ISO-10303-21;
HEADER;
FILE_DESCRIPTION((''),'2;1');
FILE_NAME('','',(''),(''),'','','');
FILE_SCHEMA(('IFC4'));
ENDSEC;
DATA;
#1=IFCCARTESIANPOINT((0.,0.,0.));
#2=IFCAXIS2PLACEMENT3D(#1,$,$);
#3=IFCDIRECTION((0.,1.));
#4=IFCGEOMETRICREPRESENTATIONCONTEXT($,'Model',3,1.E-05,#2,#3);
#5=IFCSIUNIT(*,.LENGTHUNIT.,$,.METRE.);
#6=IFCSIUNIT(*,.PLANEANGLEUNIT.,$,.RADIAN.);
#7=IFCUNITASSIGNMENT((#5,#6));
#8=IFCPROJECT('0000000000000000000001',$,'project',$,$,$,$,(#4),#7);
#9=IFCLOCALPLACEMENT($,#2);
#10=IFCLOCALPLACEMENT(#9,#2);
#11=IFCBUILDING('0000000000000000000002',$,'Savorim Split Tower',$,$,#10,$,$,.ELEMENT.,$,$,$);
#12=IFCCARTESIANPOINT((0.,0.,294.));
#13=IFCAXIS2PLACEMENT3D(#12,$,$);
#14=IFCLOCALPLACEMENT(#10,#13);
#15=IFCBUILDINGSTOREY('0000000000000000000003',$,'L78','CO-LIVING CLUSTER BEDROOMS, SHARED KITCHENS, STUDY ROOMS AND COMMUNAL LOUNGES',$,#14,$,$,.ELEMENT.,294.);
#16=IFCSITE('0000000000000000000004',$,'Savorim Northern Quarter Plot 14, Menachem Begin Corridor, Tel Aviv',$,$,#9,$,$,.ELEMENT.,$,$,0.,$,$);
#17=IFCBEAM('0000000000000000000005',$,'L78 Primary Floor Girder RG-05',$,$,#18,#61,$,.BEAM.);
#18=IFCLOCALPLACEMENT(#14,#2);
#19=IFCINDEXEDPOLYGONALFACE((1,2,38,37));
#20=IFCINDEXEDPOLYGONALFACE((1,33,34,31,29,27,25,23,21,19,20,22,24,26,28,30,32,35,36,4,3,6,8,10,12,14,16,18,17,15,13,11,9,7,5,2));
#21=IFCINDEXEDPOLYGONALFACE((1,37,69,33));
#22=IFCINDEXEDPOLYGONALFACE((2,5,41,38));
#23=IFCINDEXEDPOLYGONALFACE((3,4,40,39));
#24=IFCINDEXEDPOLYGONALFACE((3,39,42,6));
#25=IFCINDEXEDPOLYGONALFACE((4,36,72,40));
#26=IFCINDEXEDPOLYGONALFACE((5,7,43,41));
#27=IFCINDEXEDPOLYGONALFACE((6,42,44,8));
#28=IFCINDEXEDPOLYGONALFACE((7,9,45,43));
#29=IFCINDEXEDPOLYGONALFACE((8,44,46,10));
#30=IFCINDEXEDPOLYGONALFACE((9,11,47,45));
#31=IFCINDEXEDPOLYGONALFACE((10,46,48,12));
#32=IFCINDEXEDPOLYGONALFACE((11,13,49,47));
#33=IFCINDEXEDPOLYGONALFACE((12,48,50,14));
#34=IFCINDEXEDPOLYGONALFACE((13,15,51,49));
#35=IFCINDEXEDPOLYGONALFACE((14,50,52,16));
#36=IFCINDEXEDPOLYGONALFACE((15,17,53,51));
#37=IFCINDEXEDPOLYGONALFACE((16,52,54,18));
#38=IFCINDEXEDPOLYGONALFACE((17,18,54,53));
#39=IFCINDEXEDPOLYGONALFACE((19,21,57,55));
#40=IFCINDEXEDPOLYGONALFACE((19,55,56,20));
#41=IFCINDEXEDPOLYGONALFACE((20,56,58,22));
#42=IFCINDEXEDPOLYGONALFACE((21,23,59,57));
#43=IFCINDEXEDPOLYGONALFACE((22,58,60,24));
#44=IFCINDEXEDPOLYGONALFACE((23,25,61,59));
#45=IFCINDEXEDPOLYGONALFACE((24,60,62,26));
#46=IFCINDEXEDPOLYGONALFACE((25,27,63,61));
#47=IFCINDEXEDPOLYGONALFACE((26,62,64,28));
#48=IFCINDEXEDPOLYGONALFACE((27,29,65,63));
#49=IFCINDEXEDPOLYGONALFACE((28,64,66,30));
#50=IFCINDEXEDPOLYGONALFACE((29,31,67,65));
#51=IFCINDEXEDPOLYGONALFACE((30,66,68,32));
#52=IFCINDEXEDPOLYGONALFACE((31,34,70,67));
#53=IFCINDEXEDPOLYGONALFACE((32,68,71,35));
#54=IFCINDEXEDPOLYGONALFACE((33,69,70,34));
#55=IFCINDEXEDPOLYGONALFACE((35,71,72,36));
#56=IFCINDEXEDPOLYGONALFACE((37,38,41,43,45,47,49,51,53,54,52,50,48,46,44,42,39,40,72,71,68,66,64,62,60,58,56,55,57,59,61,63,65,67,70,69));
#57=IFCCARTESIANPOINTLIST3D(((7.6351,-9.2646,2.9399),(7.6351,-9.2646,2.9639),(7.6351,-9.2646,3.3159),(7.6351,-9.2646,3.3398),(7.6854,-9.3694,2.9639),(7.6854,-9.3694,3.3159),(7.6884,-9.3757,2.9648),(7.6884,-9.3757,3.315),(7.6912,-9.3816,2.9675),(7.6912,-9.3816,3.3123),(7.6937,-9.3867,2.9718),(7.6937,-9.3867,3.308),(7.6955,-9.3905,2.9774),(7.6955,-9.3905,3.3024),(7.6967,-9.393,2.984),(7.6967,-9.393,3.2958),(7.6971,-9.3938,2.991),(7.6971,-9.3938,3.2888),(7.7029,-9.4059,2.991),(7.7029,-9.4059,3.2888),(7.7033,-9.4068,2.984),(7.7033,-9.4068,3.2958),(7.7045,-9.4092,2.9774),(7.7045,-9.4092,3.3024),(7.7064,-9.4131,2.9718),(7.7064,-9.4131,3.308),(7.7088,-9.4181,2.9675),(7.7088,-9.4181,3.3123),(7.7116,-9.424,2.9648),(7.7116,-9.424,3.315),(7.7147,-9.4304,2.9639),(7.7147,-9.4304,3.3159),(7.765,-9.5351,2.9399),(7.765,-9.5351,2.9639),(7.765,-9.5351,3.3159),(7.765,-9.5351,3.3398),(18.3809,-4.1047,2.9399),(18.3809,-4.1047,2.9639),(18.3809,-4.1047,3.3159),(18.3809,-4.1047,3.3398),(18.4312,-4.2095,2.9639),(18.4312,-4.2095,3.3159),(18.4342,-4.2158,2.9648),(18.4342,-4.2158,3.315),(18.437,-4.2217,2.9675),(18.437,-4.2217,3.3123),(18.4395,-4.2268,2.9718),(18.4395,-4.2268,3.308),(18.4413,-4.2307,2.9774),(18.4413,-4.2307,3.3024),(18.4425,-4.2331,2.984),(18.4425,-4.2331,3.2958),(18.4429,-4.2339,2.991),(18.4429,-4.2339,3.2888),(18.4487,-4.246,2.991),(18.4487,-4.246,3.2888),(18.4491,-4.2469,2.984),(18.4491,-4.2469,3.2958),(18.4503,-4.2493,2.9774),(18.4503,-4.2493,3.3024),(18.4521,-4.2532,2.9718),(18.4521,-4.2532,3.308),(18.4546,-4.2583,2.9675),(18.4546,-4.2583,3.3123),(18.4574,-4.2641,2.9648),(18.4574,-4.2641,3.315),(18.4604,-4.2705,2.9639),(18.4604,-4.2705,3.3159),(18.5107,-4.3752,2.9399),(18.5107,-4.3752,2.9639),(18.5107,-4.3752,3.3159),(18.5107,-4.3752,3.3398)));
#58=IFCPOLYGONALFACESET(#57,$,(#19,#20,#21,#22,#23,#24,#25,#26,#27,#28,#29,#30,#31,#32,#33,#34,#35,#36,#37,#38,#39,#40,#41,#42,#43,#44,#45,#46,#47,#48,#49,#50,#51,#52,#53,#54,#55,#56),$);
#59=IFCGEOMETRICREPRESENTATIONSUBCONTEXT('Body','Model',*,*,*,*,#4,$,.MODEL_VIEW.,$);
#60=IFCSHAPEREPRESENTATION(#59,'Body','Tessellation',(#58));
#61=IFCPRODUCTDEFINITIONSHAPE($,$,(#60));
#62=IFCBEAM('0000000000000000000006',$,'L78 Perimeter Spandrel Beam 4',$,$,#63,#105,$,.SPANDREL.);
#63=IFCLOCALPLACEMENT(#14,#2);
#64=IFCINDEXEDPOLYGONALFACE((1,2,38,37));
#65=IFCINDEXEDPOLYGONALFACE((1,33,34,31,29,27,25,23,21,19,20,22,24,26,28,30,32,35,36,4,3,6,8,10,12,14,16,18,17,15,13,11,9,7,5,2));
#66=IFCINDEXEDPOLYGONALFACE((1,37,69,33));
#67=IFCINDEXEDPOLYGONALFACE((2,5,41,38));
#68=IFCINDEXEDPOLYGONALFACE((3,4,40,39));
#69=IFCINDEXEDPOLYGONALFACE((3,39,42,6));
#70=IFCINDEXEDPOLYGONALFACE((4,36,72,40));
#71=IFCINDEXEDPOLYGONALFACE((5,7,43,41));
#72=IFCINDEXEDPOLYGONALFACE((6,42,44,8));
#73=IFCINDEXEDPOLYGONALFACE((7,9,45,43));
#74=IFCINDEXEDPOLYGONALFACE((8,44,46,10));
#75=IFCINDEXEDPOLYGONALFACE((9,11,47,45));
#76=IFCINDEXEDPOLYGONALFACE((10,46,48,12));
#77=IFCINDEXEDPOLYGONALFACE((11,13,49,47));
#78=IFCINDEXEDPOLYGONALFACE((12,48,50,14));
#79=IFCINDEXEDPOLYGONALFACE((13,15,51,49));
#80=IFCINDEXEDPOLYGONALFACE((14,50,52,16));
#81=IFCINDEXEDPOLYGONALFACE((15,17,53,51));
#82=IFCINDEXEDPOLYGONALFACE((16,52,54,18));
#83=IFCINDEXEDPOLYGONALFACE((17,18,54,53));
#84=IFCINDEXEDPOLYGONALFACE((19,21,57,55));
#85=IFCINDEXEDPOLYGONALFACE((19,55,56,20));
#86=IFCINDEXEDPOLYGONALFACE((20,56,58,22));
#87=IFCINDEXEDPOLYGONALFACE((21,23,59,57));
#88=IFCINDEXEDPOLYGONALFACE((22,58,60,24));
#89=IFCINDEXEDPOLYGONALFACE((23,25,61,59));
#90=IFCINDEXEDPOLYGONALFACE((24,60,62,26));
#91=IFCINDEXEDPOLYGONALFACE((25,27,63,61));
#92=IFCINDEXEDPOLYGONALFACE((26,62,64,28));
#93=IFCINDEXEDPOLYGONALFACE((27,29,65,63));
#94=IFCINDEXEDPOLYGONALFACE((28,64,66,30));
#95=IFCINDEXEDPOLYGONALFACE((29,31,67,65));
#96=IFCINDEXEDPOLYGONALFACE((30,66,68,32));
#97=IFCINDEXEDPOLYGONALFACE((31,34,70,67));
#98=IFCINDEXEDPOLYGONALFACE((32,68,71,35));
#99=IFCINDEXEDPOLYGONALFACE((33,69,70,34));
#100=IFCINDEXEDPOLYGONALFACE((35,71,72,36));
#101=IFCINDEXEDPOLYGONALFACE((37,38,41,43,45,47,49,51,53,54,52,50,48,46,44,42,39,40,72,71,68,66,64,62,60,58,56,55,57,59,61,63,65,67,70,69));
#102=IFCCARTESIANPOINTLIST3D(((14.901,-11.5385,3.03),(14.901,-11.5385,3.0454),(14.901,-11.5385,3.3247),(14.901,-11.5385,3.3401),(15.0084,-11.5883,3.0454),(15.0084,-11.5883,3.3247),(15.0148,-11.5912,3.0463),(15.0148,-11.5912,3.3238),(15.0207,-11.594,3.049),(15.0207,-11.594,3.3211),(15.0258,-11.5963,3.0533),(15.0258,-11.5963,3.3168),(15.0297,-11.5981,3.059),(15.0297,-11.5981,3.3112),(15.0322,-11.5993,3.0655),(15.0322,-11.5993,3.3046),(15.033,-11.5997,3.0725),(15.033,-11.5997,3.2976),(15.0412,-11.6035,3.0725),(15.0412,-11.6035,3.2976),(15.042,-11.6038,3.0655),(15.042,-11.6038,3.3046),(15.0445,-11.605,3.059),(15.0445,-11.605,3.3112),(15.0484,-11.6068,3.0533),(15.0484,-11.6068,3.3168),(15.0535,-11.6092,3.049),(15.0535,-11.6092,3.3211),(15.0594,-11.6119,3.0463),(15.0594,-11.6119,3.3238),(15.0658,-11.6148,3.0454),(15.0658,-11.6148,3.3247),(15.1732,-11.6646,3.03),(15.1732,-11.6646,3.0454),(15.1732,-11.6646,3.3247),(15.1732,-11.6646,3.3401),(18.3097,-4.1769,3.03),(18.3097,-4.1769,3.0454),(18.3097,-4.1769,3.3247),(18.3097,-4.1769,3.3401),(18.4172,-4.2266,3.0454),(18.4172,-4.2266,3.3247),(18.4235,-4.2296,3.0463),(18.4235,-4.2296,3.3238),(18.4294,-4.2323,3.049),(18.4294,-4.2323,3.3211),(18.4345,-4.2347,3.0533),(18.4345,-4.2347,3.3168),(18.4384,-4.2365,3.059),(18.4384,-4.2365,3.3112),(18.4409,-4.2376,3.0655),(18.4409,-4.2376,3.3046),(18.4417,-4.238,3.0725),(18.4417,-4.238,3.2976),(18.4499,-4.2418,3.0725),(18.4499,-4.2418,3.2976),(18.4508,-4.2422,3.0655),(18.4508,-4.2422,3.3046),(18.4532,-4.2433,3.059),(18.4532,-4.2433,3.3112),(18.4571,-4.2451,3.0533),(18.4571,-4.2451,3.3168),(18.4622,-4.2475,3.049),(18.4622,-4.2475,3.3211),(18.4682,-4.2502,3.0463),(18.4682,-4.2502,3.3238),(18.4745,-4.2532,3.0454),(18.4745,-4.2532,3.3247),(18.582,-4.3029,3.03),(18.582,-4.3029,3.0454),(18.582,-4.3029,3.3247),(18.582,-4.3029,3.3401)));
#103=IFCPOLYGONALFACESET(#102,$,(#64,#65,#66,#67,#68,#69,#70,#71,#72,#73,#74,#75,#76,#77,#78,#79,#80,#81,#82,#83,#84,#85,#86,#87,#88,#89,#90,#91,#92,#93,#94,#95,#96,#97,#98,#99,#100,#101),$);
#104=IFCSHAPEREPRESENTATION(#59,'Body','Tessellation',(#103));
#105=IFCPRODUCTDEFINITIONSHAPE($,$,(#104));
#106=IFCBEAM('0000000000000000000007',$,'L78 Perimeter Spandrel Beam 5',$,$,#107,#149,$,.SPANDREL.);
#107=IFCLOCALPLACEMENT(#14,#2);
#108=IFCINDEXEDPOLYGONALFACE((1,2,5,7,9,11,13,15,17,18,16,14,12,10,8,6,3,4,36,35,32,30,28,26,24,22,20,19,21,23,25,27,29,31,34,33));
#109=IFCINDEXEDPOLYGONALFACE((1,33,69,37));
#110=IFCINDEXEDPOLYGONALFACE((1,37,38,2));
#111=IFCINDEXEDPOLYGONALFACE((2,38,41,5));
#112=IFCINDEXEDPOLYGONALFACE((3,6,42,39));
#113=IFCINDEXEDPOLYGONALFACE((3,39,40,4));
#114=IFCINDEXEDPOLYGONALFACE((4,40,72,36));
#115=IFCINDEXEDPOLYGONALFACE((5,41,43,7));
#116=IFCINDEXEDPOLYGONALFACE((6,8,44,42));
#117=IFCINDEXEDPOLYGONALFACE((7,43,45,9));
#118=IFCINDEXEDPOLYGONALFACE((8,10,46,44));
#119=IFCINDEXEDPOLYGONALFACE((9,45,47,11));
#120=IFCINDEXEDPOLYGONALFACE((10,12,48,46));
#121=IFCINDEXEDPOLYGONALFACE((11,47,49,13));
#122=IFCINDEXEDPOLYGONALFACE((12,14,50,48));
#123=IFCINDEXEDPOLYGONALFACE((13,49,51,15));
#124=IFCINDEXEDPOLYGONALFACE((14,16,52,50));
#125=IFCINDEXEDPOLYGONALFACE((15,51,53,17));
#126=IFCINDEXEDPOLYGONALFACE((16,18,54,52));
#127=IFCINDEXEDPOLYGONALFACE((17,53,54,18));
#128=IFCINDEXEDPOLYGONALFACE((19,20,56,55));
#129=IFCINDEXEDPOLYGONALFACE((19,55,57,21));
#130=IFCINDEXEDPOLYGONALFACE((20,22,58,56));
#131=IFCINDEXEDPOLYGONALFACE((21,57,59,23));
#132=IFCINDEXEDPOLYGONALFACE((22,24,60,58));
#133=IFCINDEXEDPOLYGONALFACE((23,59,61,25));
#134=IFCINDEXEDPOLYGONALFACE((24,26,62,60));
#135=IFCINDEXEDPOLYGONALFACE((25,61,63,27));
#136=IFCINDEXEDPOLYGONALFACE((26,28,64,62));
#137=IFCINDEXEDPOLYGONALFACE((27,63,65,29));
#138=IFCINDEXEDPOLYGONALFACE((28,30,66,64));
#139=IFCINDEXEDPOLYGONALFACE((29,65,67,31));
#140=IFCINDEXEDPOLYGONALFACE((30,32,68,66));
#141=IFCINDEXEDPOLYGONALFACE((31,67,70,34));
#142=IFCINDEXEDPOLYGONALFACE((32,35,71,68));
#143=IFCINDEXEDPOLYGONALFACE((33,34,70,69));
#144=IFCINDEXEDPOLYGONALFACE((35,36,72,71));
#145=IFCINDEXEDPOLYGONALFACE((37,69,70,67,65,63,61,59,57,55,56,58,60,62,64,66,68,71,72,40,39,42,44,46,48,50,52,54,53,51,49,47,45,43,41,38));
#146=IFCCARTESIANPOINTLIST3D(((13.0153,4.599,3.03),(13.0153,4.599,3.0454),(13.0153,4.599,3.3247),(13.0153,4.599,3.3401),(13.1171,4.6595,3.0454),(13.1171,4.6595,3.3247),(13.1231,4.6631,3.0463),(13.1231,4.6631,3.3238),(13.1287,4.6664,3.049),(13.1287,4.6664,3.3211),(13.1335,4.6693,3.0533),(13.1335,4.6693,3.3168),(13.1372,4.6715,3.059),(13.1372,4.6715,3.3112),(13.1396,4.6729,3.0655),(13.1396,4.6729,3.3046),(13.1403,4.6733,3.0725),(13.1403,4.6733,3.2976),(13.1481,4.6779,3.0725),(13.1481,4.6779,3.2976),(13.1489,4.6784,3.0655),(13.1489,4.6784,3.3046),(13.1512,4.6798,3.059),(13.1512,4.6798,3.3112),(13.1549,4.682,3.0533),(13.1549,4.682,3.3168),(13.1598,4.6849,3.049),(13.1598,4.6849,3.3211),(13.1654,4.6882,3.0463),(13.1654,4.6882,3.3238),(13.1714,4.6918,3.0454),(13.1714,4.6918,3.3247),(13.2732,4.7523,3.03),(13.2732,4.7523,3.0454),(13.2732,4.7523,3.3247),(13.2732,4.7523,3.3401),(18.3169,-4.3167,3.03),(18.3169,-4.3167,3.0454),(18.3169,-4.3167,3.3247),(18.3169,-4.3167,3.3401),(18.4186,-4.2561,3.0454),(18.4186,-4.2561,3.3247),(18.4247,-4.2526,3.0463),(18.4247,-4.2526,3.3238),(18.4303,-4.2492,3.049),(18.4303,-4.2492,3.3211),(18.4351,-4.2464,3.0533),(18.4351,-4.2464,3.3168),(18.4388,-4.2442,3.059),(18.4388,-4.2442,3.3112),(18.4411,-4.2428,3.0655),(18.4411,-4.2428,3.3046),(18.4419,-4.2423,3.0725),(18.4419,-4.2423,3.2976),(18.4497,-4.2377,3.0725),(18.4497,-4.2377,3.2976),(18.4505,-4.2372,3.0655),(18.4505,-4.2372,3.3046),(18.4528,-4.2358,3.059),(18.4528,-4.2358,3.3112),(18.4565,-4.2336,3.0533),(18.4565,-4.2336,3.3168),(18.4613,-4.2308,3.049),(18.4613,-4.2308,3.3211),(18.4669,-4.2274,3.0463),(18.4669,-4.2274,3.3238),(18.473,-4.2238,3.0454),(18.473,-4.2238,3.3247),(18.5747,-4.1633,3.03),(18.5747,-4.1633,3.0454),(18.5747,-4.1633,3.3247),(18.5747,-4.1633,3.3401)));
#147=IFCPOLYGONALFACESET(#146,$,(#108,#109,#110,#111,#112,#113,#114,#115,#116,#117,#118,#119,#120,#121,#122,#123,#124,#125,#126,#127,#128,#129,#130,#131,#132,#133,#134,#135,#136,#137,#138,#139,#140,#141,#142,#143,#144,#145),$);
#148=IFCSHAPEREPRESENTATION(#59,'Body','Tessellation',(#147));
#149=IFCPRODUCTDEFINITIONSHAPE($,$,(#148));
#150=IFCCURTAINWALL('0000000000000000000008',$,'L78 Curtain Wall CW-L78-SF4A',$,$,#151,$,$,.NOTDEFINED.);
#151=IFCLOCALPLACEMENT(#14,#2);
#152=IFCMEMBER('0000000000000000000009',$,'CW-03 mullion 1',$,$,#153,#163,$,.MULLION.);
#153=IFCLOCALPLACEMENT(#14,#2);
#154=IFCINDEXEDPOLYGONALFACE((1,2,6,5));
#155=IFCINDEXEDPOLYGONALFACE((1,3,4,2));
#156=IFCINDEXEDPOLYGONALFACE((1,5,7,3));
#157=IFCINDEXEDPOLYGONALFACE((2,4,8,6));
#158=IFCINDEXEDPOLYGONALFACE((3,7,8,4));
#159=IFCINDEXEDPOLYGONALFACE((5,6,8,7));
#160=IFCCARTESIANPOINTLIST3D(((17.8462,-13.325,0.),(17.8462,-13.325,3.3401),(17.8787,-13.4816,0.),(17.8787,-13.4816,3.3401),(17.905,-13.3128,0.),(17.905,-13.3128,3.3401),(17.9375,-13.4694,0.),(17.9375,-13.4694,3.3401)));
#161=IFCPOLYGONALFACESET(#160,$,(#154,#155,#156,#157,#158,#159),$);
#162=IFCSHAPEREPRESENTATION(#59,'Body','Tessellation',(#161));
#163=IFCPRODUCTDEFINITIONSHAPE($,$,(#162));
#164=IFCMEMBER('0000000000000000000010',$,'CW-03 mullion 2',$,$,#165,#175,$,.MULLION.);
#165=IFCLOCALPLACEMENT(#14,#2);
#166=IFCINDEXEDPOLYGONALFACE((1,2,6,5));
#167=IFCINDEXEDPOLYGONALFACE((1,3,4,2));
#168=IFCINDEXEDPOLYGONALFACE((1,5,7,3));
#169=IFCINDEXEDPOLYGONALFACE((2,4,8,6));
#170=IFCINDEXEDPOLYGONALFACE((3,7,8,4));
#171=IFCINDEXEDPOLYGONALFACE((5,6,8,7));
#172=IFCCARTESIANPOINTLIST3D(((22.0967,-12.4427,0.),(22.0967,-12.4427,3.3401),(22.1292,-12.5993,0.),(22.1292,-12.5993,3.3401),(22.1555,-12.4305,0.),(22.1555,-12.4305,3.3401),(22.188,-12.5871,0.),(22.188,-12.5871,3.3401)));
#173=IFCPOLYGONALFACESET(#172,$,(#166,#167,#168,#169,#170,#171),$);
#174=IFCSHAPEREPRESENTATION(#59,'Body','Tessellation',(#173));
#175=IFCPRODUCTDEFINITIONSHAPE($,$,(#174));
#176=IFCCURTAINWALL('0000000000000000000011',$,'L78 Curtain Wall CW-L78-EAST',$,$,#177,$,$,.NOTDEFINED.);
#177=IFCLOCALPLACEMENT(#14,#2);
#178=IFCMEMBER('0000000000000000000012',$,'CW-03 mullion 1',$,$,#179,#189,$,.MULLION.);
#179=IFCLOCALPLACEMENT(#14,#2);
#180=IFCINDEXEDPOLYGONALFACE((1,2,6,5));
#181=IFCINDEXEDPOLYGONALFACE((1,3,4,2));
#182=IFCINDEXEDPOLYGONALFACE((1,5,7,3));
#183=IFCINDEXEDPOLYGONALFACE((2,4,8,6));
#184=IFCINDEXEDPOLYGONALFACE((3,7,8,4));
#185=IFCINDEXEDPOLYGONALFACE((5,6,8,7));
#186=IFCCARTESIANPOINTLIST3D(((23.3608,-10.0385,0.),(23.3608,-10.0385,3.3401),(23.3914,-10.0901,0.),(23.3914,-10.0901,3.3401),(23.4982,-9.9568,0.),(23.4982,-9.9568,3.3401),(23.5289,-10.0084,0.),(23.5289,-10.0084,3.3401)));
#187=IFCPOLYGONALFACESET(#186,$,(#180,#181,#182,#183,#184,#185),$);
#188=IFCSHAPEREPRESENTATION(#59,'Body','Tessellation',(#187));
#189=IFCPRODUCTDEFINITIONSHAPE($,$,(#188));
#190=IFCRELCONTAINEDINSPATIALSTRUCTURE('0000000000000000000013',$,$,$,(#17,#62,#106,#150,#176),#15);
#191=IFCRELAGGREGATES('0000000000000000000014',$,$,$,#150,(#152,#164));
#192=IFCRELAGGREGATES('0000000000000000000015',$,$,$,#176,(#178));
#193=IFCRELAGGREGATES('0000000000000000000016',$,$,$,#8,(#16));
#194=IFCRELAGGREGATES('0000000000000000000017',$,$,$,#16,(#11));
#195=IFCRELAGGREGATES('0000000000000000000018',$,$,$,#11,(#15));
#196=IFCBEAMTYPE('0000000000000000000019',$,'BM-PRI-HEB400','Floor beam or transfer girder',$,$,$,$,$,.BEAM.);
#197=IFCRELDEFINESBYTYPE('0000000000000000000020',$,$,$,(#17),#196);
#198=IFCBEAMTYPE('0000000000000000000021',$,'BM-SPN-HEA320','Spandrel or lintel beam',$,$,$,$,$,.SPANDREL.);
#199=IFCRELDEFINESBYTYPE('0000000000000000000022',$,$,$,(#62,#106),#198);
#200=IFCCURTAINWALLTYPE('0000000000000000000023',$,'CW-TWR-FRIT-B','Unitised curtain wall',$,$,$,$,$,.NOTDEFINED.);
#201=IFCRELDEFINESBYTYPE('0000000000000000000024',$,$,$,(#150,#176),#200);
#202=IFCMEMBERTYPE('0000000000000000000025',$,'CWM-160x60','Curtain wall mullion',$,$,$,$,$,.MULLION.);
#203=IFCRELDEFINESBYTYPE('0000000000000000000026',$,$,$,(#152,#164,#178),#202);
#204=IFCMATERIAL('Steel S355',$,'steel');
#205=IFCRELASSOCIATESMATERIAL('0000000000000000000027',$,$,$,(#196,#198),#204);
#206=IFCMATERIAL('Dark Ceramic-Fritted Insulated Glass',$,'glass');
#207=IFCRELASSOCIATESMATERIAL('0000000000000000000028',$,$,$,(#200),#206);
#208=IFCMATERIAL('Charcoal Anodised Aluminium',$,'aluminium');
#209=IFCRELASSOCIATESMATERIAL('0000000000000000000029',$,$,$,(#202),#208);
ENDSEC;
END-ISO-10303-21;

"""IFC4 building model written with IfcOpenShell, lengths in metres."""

from ifc_helpers import new_model, si_unit, direction, frame, origin, origin_2d, place, context, subcontext, project, spatial, rectangle, i_section, extrude, material, material_profile, profile_set, type_object, element, aggregate, save


model = new_model("IFC4")

# Units and contexts
model_context = context("Model", 3, precision=1e-05, world=origin(), true_north=direction((0.0, 1.0)))
body_context = subcontext(model_context, "Body", "Model", "MODEL_VIEW")
ifc_project = project(units=[si_unit("LENGTHUNIT", "METRE"), si_unit("PLANEANGLEUNIT", "RADIAN")], contexts=[model_context])

# Site, building, storey
site_placement = place(None, origin())
site = spatial("IfcSite", under=ifc_project, at=site_placement, Name="Savorim Northern Quarter Plot 14, Menachem Begin Corridor, Tel Aviv", CompositionType="ELEMENT", RefElevation=0.0)
building_placement = place(site_placement, origin())
building = spatial("IfcBuilding", under=site, at=building_placement, Name="Savorim Split Tower", CompositionType="ELEMENT")
storey_placement = place(building_placement, frame((0.0, 0.0, 294.0)))
storey = spatial("IfcBuildingStorey", under=building, at=storey_placement, Name="L78", Description="CO-LIVING CLUSTER BEDROOMS, SHARED KITCHENS, STUDY ROOMS AND COMMUNAL LOUNGES", CompositionType="ELEMENT", Elevation=294.0)

# Shared definitions
ifc_material_1 = material(Name="Steel S355", Category="steel")

# Beams
ifc_material_profile_1 = material_profile(ifc_material_1, i_section(OverallWidth=0.3, OverallDepth=0.3999, WebThickness=0.0134, FlangeThickness=0.0239, FilletRadius=0.0271, at=origin_2d()), Name="HEB 400")
ifc_profile_set_1 = profile_set([ifc_material_profile_1], Name="Steel S355")
beam_type_1 = type_object("IfcBeamType", Name="BM-PRI-HEB400", Description="Floor beam or transfer girder", PredefinedType="BEAM", material=ifc_profile_set_1)
beam_1_placement = place(storey_placement, frame((18.4458, -4.24, 3.1399), z_axis=(-0.901461, -0.432861, 0.0), x_axis=(0.432861, -0.901461, 0.0)))
element("IfcBeam", 1, at=beam_1_placement, inside=storey, type_object=beam_type_1, Name="L78 Primary Floor Girder RG-05", PredefinedType="BEAM", context=body_context, shape_type="SweptSolid", body=[
    extrude(i_section(OverallWidth=0.3, OverallDepth=0.3999, WebThickness=0.0134, FlangeThickness=0.0239, FilletRadius=0.0271, at=origin_2d()), origin(), (0.0, 0.0, 1.0), 11.9204),
])
ifc_material_profile_2 = material_profile(ifc_material_1, i_section(OverallWidth=0.3, OverallDepth=0.3101, WebThickness=0.009, FlangeThickness=0.0154, FilletRadius=0.0271, at=origin_2d()), Name="HEA 320")
ifc_profile_set_2 = profile_set([ifc_material_profile_2], Name="Steel S355")
beam_type_2 = type_object("IfcBeamType", Name="BM-SPN-HEA320", Description="Spandrel or lintel beam", PredefinedType="SPANDREL", material=ifc_profile_set_2)
beam_2_placement = place(storey_placement, frame((15.0371, -11.6016, 3.1851), z_axis=(0.42018, 0.907441, 0.0), x_axis=(-0.907441, 0.42018, 0.0)))
element("IfcBeam", 2, at=beam_2_placement, inside=storey, type_object=beam_type_2, Name="L78 Perimeter Spandrel Beam 4", PredefinedType="SPANDREL", context=body_context, shape_type="SweptSolid", body=[
    extrude(i_section(OverallWidth=0.3, OverallDepth=0.3101, WebThickness=0.009, FlangeThickness=0.0154, FilletRadius=0.0271, at=origin_2d()), origin(), (0.0, 0.0, 1.0), 8.1125),
])
beam_3_placement = place(storey_placement, frame((18.4458, -4.24, 3.1851), z_axis=(-0.511103, 0.859519, 0.0), x_axis=(-0.859519, -0.511103, 0.0)))
element("IfcBeam", 3, at=beam_3_placement, inside=storey, type_object=beam_type_2, Name="L78 Perimeter Spandrel Beam 5", PredefinedType="SPANDREL", context=body_context, shape_type="SweptSolid", body=[
    extrude(i_section(OverallWidth=0.3, OverallDepth=0.3101, WebThickness=0.009, FlangeThickness=0.0154, FilletRadius=0.0271, at=origin_2d()), origin(), (0.0, 0.0, 1.0), 10.3728),
])

# Curtain walls, members
ifc_material_2 = material(Name="Dark Ceramic-Fritted Insulated Glass", Category="glass")
curtain_wall_type_1 = type_object("IfcCurtainWallType", Name="CW-TWR-FRIT-B", Description="Unitised curtain wall", PredefinedType="NOTDEFINED", material=ifc_material_2)
curtain_wall_1_placement = place(storey_placement, origin())
curtain_wall_1 = element("IfcCurtainWall", 4, at=curtain_wall_1_placement, inside=storey, type_object=curtain_wall_type_1, Name="L78 Curtain Wall CW-L78-SF4A", PredefinedType="NOTDEFINED")
ifc_material_3 = material(Name="Charcoal Anodised Aluminium", Category="aluminium")
ifc_material_profile_3 = material_profile(ifc_material_3, rectangle(XDim=0.1599, YDim=0.0601, at=origin_2d()), Name="ALU-M 160x60")
ifc_profile_set_3 = profile_set([ifc_material_profile_3], Name="Charcoal Anodised Aluminium")
member_type_1 = type_object("IfcMemberType", Name="CWM-160x60", Description="Curtain wall mullion", PredefinedType="MULLION", material=ifc_profile_set_3)
member_1_placement = place(storey_placement, frame((17.8918, -13.3972, 0.0), z_axis=(0.0, 0.0, 1.0), x_axis=(-0.20322, 0.979133, 0.0)))
member_1 = element("IfcMember", 5, at=member_1_placement, type_object=member_type_1, Name="CW-03 mullion 1", PredefinedType="MULLION", context=body_context, shape_type="SweptSolid", body=[
    extrude(rectangle(XDim=0.1599, YDim=0.0601, at=origin_2d()), origin(), (0.0, 0.0, 1.0), 3.3401),
])
member_2_placement = place(storey_placement, frame((22.1423, -12.5149, 0.0), z_axis=(0.0, 0.0, 1.0), x_axis=(-0.20322, 0.979133, 0.0)))
member_2 = element("IfcMember", 6, at=member_2_placement, type_object=member_type_1, Name="CW-03 mullion 2", PredefinedType="MULLION", context=body_context, shape_type="SweptSolid", body=[
    extrude(rectangle(XDim=0.1599, YDim=0.0601, at=origin_2d()), origin(), (0.0, 0.0, 1.0), 3.3401),
])
curtain_wall_2_placement = place(storey_placement, origin())
curtain_wall_2 = element("IfcCurtainWall", 7, at=curtain_wall_2_placement, inside=storey, type_object=curtain_wall_type_1, Name="L78 Curtain Wall CW-L78-EAST", PredefinedType="NOTDEFINED")
member_3_placement = place(storey_placement, frame((23.4448, -10.0234, 0.0), z_axis=(0.0, 0.0, 1.0), x_axis=(-0.859526, -0.511092, 0.0)))
member_3 = element("IfcMember", 8, at=member_3_placement, type_object=member_type_1, Name="CW-03 mullion 1", PredefinedType="MULLION", context=body_context, shape_type="SweptSolid", body=[
    extrude(rectangle(XDim=0.1599, YDim=0.0601, at=origin_2d()), origin(), (0.0, 0.0, 1.0), 3.3401),
])

aggregate(curtain_wall_1, [member_1, member_2])
aggregate(curtain_wall_2, [member_3])

save(model, "model.ifc")
